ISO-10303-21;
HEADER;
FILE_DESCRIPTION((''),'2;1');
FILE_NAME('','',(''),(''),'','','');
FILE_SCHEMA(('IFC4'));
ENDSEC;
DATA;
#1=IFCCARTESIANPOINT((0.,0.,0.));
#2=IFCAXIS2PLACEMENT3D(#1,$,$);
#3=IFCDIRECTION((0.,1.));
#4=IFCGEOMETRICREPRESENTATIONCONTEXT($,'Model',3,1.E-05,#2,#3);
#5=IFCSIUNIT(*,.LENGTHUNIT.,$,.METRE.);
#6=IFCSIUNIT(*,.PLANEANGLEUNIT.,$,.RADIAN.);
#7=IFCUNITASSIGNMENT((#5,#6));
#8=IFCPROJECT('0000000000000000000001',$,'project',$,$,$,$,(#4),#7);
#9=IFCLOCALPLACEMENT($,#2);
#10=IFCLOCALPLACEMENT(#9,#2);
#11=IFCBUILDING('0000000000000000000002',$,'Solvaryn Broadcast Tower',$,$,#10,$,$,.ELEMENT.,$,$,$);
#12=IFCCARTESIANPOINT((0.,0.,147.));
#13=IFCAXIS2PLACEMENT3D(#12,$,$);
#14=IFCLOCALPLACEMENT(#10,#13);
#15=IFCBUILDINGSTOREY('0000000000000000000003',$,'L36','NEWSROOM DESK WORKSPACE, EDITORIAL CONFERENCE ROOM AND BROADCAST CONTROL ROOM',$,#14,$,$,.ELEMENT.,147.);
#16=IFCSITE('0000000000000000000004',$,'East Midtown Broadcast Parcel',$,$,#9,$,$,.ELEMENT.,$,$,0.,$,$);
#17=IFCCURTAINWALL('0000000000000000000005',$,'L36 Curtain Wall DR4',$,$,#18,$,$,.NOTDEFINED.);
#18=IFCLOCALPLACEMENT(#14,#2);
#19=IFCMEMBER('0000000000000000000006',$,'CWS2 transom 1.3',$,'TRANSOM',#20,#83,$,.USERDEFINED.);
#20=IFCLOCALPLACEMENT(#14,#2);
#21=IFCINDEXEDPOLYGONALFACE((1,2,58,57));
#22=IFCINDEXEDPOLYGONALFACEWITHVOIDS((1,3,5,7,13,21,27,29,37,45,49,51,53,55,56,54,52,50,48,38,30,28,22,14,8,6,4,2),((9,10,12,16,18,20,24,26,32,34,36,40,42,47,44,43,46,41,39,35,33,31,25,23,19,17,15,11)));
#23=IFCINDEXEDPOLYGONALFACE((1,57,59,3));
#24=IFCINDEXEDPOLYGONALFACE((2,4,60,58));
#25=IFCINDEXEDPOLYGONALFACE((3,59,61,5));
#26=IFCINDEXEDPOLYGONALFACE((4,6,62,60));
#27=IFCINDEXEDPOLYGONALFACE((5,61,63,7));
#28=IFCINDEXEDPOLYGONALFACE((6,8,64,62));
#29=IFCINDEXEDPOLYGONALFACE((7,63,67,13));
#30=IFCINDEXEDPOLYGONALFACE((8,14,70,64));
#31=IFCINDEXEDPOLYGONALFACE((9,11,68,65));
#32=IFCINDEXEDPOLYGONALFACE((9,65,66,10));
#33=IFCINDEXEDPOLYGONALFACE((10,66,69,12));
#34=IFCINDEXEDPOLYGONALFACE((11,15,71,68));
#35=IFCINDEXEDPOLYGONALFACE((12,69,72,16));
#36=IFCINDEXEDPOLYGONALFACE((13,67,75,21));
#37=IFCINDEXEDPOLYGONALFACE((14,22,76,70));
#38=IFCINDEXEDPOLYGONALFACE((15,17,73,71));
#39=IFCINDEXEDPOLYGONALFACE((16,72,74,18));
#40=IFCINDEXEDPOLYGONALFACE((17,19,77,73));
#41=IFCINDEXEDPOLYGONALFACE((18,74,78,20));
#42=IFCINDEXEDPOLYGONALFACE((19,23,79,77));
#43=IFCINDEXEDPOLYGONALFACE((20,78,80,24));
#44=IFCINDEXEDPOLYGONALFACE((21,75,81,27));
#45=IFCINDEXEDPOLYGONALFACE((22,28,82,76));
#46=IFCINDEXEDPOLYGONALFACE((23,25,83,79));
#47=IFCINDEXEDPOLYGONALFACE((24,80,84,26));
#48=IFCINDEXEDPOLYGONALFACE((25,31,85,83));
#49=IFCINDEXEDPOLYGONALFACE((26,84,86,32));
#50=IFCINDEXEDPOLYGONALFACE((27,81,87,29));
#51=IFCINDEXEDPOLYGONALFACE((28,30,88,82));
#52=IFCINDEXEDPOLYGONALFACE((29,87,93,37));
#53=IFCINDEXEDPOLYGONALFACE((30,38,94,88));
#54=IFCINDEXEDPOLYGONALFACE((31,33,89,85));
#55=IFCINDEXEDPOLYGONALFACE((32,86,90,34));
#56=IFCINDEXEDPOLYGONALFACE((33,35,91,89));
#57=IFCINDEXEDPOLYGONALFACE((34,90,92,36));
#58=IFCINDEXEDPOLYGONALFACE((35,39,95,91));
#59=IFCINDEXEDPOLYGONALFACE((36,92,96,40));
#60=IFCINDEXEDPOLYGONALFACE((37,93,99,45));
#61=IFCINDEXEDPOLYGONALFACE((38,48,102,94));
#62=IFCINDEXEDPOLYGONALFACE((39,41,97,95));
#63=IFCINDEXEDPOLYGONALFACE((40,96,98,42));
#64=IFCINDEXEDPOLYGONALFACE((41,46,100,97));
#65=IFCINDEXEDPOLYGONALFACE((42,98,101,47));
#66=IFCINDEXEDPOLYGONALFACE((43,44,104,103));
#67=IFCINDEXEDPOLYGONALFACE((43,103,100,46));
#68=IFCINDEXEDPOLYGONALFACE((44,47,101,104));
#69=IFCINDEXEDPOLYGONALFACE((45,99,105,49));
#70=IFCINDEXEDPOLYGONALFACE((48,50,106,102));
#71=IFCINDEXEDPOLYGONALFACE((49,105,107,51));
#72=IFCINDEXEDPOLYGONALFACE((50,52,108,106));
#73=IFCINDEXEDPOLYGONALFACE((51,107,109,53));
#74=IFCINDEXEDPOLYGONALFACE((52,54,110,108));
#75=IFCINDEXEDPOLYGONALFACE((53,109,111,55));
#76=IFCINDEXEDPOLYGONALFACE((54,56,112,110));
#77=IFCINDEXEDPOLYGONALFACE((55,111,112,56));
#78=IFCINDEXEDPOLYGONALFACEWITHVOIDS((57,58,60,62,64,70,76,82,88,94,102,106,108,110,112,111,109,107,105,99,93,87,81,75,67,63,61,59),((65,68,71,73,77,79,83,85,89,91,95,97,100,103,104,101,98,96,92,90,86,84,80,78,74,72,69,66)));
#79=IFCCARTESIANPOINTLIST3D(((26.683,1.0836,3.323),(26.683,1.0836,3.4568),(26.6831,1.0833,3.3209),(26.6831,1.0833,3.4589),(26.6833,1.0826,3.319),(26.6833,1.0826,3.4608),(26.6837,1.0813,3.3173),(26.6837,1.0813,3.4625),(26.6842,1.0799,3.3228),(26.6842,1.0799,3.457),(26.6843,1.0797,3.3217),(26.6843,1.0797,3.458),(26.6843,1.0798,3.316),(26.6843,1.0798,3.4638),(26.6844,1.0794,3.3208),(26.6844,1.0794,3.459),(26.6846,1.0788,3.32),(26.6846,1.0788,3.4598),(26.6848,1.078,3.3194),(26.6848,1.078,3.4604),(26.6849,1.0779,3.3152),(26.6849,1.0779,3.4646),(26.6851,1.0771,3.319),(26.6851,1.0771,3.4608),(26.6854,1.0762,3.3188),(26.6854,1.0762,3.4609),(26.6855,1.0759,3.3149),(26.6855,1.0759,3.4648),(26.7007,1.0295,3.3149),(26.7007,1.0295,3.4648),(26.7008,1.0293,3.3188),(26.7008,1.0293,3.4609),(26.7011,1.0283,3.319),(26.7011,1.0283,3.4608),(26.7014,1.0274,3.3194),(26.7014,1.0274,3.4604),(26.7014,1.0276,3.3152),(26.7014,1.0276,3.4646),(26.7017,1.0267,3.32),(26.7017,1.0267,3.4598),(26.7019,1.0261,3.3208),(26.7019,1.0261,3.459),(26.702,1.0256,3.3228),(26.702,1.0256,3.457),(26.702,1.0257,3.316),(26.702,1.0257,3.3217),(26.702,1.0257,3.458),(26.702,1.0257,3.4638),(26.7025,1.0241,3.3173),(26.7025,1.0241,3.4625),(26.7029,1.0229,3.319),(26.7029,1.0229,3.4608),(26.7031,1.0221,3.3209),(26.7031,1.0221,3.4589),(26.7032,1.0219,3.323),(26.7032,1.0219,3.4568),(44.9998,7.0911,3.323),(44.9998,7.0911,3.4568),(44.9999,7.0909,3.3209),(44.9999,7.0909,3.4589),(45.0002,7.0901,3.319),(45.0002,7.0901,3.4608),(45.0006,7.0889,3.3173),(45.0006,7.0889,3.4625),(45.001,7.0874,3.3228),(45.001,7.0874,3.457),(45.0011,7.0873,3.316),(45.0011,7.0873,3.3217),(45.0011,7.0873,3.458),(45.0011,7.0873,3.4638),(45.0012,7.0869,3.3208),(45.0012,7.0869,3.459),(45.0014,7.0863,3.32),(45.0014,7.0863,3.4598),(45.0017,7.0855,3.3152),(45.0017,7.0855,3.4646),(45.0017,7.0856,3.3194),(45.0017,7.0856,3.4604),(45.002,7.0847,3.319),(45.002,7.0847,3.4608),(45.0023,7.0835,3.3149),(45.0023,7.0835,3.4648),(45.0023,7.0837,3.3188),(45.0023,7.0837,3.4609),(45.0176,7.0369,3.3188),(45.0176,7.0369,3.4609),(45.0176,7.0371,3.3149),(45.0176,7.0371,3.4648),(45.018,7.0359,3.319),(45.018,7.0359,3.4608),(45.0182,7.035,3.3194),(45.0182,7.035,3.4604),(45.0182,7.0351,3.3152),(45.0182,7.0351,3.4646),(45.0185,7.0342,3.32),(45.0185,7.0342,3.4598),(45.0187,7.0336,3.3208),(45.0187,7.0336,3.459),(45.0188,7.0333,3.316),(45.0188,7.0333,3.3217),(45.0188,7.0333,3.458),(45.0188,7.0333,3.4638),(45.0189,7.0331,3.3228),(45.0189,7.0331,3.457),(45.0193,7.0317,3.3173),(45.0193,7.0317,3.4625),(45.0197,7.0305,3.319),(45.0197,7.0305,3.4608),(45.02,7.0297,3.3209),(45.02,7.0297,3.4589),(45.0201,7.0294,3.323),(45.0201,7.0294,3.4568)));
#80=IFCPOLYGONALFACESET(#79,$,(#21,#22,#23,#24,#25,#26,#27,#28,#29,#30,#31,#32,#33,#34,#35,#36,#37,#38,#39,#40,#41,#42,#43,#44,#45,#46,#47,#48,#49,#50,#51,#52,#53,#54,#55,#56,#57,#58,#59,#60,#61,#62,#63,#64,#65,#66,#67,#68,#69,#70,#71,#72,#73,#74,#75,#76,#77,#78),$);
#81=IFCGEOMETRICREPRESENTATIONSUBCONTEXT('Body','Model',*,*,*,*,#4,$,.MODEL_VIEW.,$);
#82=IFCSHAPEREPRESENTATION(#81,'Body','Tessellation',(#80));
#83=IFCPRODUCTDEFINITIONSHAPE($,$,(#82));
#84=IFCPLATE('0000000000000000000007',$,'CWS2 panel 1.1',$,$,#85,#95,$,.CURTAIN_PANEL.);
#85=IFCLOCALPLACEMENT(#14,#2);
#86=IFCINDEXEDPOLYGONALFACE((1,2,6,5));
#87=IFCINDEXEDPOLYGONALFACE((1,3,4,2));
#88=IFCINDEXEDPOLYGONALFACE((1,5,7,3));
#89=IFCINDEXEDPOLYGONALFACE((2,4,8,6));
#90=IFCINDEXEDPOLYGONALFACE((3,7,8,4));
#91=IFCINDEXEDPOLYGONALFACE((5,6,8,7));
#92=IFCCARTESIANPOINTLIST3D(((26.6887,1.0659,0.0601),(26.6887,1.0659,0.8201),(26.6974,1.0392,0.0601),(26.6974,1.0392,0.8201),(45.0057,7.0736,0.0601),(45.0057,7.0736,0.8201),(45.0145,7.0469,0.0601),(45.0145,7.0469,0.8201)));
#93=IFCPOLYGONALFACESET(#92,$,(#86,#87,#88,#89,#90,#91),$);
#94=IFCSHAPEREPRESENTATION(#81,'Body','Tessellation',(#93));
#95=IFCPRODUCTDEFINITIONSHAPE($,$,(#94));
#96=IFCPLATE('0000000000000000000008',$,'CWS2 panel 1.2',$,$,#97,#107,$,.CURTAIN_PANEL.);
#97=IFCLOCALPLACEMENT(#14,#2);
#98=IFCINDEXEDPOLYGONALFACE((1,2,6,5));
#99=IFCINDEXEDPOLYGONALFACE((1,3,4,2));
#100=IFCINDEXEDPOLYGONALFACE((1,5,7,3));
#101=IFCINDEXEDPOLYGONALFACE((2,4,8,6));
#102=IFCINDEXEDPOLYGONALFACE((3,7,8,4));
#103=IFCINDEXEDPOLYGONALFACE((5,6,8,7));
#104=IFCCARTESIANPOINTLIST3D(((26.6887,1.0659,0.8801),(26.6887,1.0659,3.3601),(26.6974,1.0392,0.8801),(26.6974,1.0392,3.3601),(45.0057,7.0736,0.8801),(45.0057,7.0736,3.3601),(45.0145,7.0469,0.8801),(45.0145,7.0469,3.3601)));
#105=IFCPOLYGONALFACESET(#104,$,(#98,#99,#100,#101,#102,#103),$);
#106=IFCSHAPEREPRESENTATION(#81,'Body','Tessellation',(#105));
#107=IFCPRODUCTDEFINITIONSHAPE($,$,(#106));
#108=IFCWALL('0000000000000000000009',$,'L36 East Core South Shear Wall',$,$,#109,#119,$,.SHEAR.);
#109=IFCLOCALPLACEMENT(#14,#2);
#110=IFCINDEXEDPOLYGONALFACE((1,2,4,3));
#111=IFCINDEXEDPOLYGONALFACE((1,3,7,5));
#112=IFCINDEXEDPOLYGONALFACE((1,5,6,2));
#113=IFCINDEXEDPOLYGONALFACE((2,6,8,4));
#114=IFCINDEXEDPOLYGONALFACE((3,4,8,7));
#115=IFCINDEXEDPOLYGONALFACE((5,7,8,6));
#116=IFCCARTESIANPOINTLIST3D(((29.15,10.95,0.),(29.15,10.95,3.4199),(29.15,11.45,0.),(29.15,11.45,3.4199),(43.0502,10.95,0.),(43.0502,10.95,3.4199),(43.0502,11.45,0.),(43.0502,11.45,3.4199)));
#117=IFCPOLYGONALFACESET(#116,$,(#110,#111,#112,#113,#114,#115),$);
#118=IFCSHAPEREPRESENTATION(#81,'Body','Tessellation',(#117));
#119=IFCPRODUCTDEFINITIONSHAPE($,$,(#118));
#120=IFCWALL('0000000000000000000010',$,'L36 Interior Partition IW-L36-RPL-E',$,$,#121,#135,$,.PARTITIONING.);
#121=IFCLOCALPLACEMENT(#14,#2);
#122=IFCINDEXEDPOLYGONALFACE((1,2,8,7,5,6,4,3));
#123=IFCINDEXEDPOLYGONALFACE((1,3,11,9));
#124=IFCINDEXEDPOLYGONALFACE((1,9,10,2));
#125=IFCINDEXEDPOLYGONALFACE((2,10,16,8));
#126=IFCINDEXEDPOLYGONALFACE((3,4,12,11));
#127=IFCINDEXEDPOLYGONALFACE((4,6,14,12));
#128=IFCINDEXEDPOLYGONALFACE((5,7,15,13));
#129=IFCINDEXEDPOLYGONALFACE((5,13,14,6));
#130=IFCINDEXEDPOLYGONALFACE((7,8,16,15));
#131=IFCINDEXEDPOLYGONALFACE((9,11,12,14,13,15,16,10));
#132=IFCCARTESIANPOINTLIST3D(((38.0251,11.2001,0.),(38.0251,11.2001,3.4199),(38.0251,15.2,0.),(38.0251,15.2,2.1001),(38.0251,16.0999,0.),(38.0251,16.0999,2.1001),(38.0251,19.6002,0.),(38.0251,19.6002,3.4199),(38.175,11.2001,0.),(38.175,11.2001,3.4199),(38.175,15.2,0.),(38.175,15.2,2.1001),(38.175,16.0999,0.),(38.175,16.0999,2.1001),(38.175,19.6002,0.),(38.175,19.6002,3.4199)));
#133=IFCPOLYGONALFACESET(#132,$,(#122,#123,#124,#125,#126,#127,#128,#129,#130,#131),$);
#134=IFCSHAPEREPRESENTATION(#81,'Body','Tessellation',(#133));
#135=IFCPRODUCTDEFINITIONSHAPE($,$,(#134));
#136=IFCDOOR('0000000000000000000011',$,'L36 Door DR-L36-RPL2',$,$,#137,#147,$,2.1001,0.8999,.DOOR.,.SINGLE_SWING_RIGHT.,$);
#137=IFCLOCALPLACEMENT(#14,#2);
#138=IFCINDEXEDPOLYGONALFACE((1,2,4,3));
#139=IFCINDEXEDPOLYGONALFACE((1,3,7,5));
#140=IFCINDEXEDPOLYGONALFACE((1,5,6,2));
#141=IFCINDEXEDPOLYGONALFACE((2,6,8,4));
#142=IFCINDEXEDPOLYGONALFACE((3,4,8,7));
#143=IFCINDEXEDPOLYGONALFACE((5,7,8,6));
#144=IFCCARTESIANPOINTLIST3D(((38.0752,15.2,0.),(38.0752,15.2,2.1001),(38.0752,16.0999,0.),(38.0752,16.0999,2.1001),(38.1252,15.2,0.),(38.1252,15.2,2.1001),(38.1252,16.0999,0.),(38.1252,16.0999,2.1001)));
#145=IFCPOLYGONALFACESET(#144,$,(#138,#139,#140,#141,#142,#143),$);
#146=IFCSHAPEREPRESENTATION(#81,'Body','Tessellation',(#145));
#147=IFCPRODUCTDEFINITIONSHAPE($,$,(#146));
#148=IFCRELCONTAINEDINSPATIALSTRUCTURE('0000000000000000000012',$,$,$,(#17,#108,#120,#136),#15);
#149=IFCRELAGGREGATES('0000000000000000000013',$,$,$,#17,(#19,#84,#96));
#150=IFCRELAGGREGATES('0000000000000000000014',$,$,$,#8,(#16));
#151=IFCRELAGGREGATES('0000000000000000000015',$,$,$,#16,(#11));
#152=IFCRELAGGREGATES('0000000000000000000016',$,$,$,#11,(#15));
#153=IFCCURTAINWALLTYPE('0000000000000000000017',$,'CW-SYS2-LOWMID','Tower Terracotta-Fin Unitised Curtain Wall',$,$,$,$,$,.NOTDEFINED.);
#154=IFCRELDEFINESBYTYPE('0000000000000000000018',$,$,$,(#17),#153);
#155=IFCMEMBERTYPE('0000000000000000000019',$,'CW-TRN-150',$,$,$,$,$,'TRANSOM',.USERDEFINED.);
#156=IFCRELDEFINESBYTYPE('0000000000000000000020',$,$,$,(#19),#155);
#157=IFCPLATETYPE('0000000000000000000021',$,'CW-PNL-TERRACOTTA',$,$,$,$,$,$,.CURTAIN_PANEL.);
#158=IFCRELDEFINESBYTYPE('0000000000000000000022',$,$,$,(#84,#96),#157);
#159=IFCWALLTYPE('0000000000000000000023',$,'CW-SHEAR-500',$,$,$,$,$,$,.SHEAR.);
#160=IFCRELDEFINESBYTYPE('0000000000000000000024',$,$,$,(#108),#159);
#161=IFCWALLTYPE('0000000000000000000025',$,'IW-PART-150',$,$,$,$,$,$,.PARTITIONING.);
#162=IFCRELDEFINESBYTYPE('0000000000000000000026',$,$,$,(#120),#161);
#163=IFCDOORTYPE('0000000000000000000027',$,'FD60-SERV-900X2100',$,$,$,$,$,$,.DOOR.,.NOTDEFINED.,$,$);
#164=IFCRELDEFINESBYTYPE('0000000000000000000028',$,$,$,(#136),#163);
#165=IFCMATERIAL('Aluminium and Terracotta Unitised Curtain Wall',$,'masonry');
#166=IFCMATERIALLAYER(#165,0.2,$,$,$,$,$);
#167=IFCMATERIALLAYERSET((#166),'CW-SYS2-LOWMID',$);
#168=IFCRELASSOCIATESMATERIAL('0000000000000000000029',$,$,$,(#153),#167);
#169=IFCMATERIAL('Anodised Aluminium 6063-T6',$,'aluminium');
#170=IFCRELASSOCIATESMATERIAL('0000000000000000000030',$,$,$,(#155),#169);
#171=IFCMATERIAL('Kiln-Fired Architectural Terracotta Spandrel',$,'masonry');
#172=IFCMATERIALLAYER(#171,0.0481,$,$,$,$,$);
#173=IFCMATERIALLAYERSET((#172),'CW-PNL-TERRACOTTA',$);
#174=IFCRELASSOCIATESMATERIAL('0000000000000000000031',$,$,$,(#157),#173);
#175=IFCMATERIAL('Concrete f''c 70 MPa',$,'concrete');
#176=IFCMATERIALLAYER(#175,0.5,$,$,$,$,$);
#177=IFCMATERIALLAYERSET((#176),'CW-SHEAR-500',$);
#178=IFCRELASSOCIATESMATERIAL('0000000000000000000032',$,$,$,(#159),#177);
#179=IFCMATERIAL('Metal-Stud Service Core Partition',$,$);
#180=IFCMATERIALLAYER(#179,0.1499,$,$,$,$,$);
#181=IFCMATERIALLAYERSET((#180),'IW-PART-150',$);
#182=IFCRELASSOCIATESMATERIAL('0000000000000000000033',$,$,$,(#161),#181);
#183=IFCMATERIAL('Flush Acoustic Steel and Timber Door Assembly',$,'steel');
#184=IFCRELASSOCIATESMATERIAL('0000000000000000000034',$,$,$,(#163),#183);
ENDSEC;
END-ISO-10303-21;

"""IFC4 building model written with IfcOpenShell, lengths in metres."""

from ifc_helpers import new_model, si_unit, direction, frame, frame_2d, origin, origin_2d, place, context, subcontext, project, spatial, rectangle, hollow_rectangle, extrude, material, layer, layer_set, material_profile, profile_set, type_object, element, fill, aggregate, save


model = new_model("IFC4")

# Units and contexts
model_context = context("Model", 3, precision=1e-05, world=origin(), true_north=direction((0.0, 1.0)))
body_context = subcontext(model_context, "Body", "Model", "MODEL_VIEW")
ifc_project = project(units=[si_unit("LENGTHUNIT", "METRE"), si_unit("PLANEANGLEUNIT", "RADIAN")], contexts=[model_context])

# Site, building, storey
site_placement = place(None, origin())
site = spatial("IfcSite", under=ifc_project, at=site_placement, Name="East Midtown Broadcast Parcel", CompositionType="ELEMENT", RefElevation=0.0)
building_placement = place(site_placement, origin())
building = spatial("IfcBuilding", under=site, at=building_placement, Name="Solvaryn Broadcast Tower", CompositionType="ELEMENT")
storey_placement = place(building_placement, frame((0.0, 0.0, 147.0)))
storey = spatial("IfcBuildingStorey", under=building, at=storey_placement, Name="L36", Description="NEWSROOM DESK WORKSPACE, EDITORIAL CONFERENCE ROOM AND BROADCAST CONTROL ROOM", CompositionType="ELEMENT", Elevation=147.0)

# Shared definitions
ifc_material_1 = material(Name="Aluminium and Terracotta Unitised Curtain Wall", Category="masonry")
ifc_layer_1 = layer(ifc_material_1, 0.2)
ifc_layer_set_1 = layer_set([ifc_layer_1], Name="CW-SYS2-LOWMID")
curtain_wall_type = type_object("IfcCurtainWallType", Name="CW-SYS2-LOWMID", Description="Tower Terracotta-Fin Unitised Curtain Wall", PredefinedType="NOTDEFINED", material=ifc_layer_set_1)

# Curtain wall, member, plates
curtain_wall_1_placement = place(storey_placement, origin())
curtain_wall_1 = element("IfcCurtainWall", 1, at=curtain_wall_1_placement, inside=storey, type_object=curtain_wall_type, Name="L36 Curtain Wall DR4", PredefinedType="NOTDEFINED")
ifc_material_2 = material(Name="Anodised Aluminium 6063-T6", Category="aluminium")
ifc_material_profile_1 = material_profile(ifc_material_2, hollow_rectangle(XDim=0.0649, YDim=0.1499, WallThickness=0.0039, InnerFilletRadius=0.0039, OuterFilletRadius=0.0081, at=origin_2d()))
ifc_profile_set_1 = profile_set([ifc_material_profile_1], Name="Anodised Aluminium 6063-T6")
member_type_1 = type_object("IfcMemberType", Name="CW-TRN-150", ElementType="TRANSOM", PredefinedType="USERDEFINED", material=ifc_profile_set_1)
member_1_placement = place(storey_placement, frame((26.6931, 1.0527, 3.3899), z_axis=(0.950198, 0.311646, 0.0), x_axis=(-0.311646, 0.950198, 0.0)))
member_1 = element("IfcMember", 2, at=member_1_placement, type_object=member_type_1, Name="CWS2 transom 1.3", ObjectType="TRANSOM", PredefinedType="USERDEFINED", context=body_context, shape_type="SweptSolid", body=[
    extrude(hollow_rectangle(XDim=0.0649, YDim=0.1499, WallThickness=0.0039, InnerFilletRadius=0.0039, OuterFilletRadius=0.0081, at=origin_2d()), origin(), (0.0, 0.0, 1.0), 19.2769),
])
ifc_material_3 = material(Name="Kiln-Fired Architectural Terracotta Spandrel", Category="masonry")
ifc_layer_2 = layer(ifc_material_3, 0.0481)
ifc_layer_set_2 = layer_set([ifc_layer_2], Name="CW-PNL-TERRACOTTA")
plate_type = type_object("IfcPlateType", Name="CW-PNL-TERRACOTTA", PredefinedType="CURTAIN_PANEL", material=ifc_layer_set_2)
plate_1_placement = place(storey_placement, frame((35.8516, 4.0564, 0.0601), z_axis=(0.0, 0.0, 1.0), x_axis=(0.950198, 0.311646, 0.0)))
plate_1 = element("IfcPlate", 3, at=plate_1_placement, type_object=plate_type, Name="CWS2 panel 1.1", PredefinedType="CURTAIN_PANEL", context=body_context, shape_type="SweptSolid", body=[
    extrude(rectangle(XDim=19.2771, YDim=0.0281, at=origin_2d()), origin(), (0.0, 0.0, 1.0), 0.76),
])
plate_2_placement = place(storey_placement, frame((35.8516, 4.0564, 0.8801), z_axis=(0.0, 0.0, 1.0), x_axis=(0.950198, 0.311646, 0.0)))
plate_2 = element("IfcPlate", 4, at=plate_2_placement, type_object=plate_type, Name="CWS2 panel 1.2", PredefinedType="CURTAIN_PANEL", context=body_context, shape_type="SweptSolid", body=[
    extrude(rectangle(XDim=19.2771, YDim=0.0281, at=origin_2d()), origin(), (0.0, 0.0, 1.0), 2.48),
])
aggregate(curtain_wall_1, [member_1, plate_1, plate_2])

# Wall
ifc_material_4 = material(Name="Concrete f'c 70 MPa", Category="concrete")
ifc_layer_3 = layer(ifc_material_4, 0.5)
ifc_layer_set_3 = layer_set([ifc_layer_3], Name="CW-SHEAR-500")
wall_type_1 = type_object("IfcWallType", Name="CW-SHEAR-500", PredefinedType="SHEAR", material=ifc_layer_set_3)
wall_1_placement = place(storey_placement, frame((29.1499, 11.2, 0.0), z_axis=(0.0, 0.0, 1.0), x_axis=(1.0, 0.0, 0.0)))
element("IfcWall", 5, at=wall_1_placement, inside=storey, type_object=wall_type_1, Name="L36 East Core South Shear Wall", PredefinedType="SHEAR", context=body_context, shape_type="SweptSolid", body=[
    extrude(rectangle(XDim=13.9001, YDim=0.5, at=frame_2d((6.9502, 0.0))), origin(), (0.0, 0.0, 1.0), 3.4199),
])

# Wall, opening, door
ifc_material_5 = material(Name="Metal-Stud Service Core Partition")
ifc_layer_4 = layer(ifc_material_5, 0.1499)
ifc_layer_set_4 = layer_set([ifc_layer_4], Name="IW-PART-150")
wall_type_2 = type_object("IfcWallType", Name="IW-PART-150", PredefinedType="PARTITIONING", material=ifc_layer_set_4)
wall_2_placement = place(storey_placement, frame((38.1001, 11.2, 0.0), z_axis=(0.0, 0.0, 1.0), x_axis=(0.0, 1.0, 0.0)))
wall_2 = element("IfcWall", 6, at=wall_2_placement, inside=storey, type_object=wall_type_2, Name="L36 Interior Partition IW-L36-RPL-E", PredefinedType="PARTITIONING", context=body_context, shape_type="SweptSolid", body=[
    extrude(rectangle(XDim=8.4001, YDim=0.1499, at=frame_2d((4.2002, 0.0))), origin(), (0.0, 0.0, 1.0), 3.4199),
])
opening_1_placement = place(wall_2_placement, frame((4.0, 0.0, 0.0)))
opening_1 = element("IfcOpeningElement", 7, at=opening_1_placement, cuts=wall_2, PredefinedType="OPENING", context=body_context, shape_type="SweptSolid", body=[
    extrude(rectangle(XDim=0.8999, YDim=2.1001, at=frame_2d((0.45, 1.05))), frame((0.0, 0.085, 0.0), z_axis=(0.0, -1.0, 0.0), x_axis=(1.0, 0.0, 0.0)), (0.0, 0.0, 1.0), 0.1699),
])
ifc_material_6 = material(Name="Flush Acoustic Steel and Timber Door Assembly", Category="steel")
door_type_1 = type_object("IfcDoorType", Name="FD60-SERV-900X2100", OperationType="NOTDEFINED", PredefinedType="DOOR", material=ifc_material_6)
door_1_placement = place(opening_1_placement, origin())
door_1 = element("IfcDoor", 8, at=door_1_placement, inside=storey, type_object=door_type_1, Name="L36 Door DR-L36-RPL2", OperationType="SINGLE_SWING_RIGHT", OverallHeight=2.1001, OverallWidth=0.8999, PredefinedType="DOOR", context=body_context, shape_type="SweptSolid", body=[
    extrude(rectangle(XDim=0.8999, YDim=2.1001, at=frame_2d((0.45, 1.05))), frame((0.0, 0.0249, 0.0), z_axis=(0.0, -1.0, 0.0), x_axis=(1.0, 0.0, 0.0)), (0.0, 0.0, 1.0), 0.05),
])
fill(opening_1, door_1)

save(model, "model.ifc")
